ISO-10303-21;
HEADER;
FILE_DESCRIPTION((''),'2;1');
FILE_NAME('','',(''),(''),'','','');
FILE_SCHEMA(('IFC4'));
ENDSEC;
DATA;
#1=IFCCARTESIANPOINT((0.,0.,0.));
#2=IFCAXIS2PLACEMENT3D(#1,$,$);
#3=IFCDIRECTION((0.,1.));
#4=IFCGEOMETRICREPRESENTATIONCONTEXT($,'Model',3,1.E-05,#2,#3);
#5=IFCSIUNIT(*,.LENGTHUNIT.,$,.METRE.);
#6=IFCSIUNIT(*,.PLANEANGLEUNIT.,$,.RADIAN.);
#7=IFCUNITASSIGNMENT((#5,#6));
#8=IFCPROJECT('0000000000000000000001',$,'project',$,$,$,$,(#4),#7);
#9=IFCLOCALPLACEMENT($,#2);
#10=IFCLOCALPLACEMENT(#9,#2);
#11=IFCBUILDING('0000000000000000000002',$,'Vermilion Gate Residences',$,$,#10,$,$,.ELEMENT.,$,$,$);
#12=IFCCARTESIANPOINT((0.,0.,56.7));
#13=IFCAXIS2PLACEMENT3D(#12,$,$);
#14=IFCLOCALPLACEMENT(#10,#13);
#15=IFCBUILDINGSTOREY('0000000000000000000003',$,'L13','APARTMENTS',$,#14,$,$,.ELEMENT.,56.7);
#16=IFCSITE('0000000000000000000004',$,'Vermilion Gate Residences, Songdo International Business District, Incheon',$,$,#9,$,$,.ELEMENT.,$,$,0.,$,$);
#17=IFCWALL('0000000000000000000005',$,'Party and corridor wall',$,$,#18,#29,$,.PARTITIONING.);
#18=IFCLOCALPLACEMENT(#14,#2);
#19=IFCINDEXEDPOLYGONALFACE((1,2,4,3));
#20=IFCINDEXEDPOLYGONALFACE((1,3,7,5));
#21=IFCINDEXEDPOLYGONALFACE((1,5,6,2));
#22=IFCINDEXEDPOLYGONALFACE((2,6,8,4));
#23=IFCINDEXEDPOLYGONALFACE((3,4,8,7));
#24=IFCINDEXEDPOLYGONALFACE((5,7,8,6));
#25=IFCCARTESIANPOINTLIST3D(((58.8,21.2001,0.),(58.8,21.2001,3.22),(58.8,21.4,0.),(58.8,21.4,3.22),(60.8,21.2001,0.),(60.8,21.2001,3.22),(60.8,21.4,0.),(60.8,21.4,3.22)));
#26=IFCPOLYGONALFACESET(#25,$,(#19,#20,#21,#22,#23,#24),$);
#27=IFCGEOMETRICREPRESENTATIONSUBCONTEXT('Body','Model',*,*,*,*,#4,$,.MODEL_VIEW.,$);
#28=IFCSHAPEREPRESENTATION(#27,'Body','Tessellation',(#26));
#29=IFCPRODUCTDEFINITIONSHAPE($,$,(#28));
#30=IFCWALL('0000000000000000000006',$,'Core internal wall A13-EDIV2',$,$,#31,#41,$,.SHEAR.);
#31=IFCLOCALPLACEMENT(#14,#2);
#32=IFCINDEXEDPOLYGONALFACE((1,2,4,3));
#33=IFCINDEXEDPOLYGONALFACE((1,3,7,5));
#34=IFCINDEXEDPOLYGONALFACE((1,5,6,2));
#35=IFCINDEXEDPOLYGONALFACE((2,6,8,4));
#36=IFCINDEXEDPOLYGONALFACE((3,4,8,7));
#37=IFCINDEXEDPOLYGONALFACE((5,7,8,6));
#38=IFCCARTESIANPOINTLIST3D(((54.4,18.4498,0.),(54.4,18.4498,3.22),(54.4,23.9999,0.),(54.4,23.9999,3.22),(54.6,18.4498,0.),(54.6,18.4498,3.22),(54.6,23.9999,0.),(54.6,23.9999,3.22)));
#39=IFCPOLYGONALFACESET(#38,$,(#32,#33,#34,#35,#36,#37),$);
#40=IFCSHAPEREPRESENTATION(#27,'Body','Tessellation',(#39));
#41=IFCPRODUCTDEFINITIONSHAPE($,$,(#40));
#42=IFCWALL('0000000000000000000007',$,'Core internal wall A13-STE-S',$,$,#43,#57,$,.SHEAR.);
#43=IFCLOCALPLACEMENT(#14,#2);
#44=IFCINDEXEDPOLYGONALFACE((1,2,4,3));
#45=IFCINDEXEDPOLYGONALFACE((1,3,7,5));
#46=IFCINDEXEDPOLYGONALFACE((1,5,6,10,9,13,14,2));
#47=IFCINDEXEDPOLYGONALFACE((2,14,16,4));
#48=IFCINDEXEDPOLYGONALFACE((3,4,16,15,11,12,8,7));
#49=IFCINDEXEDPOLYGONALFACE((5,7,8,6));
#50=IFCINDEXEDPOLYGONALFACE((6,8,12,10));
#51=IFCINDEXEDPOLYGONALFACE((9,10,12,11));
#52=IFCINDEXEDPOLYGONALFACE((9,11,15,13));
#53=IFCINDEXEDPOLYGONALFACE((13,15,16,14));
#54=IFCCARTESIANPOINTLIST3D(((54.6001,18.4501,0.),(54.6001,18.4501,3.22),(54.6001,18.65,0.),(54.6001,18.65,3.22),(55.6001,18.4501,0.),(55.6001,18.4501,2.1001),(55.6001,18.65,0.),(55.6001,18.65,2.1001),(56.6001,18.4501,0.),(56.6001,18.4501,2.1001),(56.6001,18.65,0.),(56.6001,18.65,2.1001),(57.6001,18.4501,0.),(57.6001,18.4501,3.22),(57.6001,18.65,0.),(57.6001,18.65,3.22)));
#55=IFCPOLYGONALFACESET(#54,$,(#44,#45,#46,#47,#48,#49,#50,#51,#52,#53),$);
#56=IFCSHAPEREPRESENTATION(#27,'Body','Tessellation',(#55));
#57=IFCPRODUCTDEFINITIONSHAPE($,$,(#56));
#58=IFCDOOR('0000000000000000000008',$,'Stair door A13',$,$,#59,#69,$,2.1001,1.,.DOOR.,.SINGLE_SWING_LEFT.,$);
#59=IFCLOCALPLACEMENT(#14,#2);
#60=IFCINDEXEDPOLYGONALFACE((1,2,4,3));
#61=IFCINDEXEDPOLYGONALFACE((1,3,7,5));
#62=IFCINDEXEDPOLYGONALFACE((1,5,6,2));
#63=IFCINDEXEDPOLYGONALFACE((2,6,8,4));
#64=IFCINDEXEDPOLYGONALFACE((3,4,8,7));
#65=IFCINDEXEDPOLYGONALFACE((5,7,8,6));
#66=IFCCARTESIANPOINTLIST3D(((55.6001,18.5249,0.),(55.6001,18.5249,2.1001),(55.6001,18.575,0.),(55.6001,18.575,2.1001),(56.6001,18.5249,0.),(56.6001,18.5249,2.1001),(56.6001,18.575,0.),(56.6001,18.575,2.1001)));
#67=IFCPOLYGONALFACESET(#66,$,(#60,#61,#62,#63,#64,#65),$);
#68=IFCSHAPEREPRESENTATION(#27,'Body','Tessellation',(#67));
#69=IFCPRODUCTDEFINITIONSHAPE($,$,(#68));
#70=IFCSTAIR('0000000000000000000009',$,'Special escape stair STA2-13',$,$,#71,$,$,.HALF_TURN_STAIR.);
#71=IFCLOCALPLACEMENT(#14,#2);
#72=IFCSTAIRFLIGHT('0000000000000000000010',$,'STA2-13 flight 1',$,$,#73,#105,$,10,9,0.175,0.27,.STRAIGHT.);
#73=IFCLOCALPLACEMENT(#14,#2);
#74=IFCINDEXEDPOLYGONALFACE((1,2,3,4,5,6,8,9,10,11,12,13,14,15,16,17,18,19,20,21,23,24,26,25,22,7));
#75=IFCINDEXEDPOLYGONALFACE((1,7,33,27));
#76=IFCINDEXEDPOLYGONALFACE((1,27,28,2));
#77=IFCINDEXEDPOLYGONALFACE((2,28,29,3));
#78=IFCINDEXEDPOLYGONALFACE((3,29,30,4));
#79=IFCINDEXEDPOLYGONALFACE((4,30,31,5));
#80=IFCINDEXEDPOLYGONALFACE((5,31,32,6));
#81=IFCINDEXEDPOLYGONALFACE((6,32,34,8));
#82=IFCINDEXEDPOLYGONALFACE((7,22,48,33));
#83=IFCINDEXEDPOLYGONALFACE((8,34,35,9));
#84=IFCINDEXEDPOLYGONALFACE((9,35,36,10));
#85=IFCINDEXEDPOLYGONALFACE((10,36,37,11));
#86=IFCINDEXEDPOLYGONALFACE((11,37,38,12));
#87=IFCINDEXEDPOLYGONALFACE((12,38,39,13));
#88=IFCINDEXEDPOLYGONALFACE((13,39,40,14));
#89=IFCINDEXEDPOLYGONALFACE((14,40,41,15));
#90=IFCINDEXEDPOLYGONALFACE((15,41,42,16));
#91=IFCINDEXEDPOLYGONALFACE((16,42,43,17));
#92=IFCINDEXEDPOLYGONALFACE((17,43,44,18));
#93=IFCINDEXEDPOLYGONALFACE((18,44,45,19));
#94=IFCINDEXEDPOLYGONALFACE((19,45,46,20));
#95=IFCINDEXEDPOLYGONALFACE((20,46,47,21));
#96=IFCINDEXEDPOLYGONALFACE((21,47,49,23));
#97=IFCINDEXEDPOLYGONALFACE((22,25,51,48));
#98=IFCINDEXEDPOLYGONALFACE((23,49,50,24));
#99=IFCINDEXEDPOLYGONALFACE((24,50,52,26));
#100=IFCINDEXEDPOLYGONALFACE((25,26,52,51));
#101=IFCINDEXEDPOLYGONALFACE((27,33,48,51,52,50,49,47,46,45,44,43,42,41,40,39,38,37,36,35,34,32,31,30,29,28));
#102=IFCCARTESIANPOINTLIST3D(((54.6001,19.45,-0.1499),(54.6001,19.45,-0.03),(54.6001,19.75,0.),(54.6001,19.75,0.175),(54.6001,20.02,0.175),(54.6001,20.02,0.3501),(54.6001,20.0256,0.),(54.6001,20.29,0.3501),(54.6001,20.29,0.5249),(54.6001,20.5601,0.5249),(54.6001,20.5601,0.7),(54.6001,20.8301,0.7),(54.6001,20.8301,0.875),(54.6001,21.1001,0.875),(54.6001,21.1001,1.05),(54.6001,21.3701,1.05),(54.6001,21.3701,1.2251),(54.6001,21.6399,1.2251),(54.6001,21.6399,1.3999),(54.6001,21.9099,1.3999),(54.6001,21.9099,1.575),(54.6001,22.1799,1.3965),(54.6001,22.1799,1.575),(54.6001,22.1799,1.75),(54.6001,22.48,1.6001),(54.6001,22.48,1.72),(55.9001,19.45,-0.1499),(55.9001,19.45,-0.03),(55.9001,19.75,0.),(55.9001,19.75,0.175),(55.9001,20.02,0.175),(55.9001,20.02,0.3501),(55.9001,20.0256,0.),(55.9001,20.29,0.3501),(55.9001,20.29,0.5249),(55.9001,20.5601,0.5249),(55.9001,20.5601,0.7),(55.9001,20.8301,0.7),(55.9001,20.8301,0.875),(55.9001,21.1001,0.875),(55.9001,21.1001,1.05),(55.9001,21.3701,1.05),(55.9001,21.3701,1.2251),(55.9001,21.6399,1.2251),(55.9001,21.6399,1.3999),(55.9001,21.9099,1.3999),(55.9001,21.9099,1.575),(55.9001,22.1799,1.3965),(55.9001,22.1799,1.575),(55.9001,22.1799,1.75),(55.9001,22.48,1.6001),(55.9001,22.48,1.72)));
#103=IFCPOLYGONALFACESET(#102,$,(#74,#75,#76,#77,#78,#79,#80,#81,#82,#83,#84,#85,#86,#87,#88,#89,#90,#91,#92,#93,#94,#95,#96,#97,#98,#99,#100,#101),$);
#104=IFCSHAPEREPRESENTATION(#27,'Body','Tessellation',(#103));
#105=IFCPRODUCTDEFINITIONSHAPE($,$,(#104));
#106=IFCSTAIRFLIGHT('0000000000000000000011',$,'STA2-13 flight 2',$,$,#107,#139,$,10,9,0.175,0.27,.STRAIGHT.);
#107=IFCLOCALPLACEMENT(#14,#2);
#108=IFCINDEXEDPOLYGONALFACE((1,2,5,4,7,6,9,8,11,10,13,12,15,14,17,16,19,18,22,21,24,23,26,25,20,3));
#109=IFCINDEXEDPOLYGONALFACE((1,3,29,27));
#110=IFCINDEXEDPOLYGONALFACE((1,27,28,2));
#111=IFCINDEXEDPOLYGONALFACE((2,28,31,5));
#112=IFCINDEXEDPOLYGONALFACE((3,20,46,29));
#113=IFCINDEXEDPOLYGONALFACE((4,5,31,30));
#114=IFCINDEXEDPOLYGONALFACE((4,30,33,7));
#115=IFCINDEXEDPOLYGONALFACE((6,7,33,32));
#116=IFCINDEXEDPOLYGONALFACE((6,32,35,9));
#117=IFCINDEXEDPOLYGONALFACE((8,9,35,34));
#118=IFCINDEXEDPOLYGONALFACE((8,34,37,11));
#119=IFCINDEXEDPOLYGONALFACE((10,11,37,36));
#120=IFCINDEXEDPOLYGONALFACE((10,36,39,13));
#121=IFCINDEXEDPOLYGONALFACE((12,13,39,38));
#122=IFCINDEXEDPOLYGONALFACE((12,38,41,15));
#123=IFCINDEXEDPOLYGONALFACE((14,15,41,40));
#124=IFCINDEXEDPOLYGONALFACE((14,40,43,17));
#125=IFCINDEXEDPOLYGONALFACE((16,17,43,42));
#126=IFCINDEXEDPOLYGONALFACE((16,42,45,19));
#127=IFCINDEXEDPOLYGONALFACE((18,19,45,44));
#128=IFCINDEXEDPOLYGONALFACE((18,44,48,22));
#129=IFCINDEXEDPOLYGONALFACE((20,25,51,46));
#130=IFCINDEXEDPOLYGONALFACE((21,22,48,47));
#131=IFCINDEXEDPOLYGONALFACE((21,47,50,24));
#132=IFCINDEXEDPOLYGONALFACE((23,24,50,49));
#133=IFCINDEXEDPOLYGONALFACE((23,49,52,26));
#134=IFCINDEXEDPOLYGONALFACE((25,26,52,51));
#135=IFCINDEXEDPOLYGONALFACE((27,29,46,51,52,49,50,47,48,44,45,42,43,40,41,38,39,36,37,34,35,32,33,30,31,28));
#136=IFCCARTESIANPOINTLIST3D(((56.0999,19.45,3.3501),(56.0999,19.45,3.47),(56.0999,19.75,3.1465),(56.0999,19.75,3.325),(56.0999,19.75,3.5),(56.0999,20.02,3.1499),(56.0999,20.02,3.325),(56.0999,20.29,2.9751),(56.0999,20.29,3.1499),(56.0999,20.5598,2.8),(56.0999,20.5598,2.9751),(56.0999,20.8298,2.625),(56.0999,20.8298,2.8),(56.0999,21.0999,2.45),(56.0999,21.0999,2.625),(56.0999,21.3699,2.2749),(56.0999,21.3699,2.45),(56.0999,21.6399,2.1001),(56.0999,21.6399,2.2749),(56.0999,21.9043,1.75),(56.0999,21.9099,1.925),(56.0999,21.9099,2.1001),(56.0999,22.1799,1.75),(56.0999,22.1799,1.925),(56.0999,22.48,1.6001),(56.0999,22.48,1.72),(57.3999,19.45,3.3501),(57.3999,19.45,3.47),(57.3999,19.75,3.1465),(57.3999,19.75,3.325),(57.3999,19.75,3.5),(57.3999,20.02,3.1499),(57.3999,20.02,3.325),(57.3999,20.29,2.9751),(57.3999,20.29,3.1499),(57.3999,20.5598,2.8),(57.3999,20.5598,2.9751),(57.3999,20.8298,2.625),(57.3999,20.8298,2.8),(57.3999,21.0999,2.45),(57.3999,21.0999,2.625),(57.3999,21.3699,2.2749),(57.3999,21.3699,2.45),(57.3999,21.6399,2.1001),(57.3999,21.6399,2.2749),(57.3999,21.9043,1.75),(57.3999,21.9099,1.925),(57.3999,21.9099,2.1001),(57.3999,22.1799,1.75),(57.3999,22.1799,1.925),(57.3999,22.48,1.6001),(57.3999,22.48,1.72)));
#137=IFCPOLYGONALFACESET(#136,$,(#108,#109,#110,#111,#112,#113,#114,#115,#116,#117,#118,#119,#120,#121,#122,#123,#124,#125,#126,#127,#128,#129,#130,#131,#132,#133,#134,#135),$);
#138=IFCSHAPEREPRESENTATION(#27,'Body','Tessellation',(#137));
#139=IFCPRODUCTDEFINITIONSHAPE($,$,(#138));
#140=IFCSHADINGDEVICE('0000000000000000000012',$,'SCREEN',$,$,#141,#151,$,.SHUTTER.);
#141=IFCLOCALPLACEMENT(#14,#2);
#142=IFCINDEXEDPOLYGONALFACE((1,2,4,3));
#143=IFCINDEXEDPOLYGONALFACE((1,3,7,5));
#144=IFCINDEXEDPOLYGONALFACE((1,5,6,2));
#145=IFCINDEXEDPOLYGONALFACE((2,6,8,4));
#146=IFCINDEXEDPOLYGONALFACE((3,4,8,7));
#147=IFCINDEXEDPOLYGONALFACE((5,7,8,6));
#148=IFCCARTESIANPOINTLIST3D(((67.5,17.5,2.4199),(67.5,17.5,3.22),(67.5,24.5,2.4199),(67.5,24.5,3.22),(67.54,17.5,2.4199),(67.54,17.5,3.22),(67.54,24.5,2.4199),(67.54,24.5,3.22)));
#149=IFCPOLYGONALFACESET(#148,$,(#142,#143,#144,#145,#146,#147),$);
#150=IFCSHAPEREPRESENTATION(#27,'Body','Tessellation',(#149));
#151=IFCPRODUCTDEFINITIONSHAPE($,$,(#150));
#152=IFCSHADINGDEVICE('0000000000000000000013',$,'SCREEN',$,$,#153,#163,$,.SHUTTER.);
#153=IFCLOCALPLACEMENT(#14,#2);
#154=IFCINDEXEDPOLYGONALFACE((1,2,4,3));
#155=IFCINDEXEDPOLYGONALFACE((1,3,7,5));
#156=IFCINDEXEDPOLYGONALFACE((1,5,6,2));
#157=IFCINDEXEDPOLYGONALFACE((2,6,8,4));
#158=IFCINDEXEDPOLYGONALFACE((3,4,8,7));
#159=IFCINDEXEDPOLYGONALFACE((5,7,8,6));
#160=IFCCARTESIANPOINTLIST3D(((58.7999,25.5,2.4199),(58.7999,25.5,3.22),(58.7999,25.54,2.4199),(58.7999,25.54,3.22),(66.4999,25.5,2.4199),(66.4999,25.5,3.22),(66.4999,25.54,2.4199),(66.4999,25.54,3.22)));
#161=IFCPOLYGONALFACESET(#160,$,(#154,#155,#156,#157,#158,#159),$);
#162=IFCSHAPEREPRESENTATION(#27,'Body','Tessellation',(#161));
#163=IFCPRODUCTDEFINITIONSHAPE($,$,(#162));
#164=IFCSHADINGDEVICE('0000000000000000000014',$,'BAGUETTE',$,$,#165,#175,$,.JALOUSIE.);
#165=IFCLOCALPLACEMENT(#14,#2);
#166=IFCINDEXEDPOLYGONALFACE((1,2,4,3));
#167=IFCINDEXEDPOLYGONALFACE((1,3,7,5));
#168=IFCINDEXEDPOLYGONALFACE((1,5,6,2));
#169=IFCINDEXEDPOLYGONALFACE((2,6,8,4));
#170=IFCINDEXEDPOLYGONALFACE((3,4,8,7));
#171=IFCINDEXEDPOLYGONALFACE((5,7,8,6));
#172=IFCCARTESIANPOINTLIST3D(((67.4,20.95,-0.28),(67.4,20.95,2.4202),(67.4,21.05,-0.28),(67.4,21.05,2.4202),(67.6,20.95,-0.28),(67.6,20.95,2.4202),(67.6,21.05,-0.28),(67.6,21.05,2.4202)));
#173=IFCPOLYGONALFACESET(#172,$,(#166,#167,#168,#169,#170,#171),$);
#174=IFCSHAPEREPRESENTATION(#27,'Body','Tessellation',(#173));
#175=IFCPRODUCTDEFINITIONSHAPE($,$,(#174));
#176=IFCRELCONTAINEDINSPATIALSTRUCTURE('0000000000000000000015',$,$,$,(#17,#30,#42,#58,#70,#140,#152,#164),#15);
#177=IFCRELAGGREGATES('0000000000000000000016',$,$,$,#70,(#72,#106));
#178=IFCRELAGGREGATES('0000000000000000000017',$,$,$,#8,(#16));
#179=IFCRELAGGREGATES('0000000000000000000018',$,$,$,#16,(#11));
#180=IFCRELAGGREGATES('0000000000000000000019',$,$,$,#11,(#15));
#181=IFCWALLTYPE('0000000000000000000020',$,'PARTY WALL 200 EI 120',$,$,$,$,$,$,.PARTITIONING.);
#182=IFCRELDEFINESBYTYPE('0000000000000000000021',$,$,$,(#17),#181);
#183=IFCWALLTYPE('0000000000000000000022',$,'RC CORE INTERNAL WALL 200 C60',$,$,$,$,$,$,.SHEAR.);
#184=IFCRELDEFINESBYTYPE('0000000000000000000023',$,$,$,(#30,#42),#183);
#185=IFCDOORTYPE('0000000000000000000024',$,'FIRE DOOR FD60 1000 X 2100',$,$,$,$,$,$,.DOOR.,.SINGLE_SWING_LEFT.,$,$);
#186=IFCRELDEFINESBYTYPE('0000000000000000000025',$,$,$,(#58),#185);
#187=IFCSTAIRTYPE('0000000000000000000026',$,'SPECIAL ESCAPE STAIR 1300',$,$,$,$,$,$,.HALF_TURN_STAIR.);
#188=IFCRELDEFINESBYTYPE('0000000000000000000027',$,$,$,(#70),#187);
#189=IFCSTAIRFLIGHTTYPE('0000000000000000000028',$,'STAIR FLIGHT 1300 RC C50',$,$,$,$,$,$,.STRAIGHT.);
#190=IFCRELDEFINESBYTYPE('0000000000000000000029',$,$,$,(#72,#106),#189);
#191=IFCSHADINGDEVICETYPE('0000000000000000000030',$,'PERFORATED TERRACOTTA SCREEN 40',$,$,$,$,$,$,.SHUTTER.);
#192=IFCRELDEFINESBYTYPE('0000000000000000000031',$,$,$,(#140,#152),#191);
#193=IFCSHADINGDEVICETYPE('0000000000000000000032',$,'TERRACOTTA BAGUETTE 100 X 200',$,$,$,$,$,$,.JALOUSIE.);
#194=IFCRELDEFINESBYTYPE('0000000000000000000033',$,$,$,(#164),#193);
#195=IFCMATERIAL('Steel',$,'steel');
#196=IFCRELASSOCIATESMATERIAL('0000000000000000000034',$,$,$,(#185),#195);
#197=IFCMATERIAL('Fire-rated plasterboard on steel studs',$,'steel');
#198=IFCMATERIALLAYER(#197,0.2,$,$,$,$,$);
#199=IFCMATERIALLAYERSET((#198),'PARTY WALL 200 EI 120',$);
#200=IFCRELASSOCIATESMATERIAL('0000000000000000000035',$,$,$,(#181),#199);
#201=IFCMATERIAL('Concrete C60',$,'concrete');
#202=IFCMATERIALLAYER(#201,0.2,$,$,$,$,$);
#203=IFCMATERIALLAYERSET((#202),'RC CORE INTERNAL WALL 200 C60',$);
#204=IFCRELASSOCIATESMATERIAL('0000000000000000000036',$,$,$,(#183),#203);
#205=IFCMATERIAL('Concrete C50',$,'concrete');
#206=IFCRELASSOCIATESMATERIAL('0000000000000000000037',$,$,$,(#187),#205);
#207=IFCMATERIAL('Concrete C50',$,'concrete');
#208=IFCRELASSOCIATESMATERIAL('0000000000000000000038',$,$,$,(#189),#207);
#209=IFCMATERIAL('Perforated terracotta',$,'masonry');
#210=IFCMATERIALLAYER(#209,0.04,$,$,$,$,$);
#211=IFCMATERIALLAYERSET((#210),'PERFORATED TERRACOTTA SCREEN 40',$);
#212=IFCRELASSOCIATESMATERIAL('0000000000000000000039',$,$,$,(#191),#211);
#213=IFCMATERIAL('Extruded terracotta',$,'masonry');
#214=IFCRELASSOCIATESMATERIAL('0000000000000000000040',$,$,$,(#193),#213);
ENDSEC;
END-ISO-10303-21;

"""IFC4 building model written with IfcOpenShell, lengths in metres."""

from ifc_helpers import new_model, si_unit, direction, frame, frame_2d, origin, origin_2d, place, context, subcontext, project, spatial, polyline, rectangle, outline, extrude, material, layer, layer_set, material_profile, profile_set, type_object, element, fill, aggregate, save


model = new_model("IFC4")

# Units and contexts
model_context = context("Model", 3, precision=1e-05, world=origin(), true_north=direction((0.0, 1.0)))
body_context = subcontext(model_context, "Body", "Model", "MODEL_VIEW")
ifc_project = project(units=[si_unit("LENGTHUNIT", "METRE"), si_unit("PLANEANGLEUNIT", "RADIAN")], contexts=[model_context])

# Site, building, storey
site_placement = place(None, origin())
site = spatial("IfcSite", under=ifc_project, at=site_placement, Name="Vermilion Gate Residences, Songdo International Business District, Incheon", CompositionType="ELEMENT", RefElevation=0.0)
building_placement = place(site_placement, origin())
building = spatial("IfcBuilding", under=site, at=building_placement, Name="Vermilion Gate Residences", CompositionType="ELEMENT")
storey_placement = place(building_placement, frame((0.0, 0.0, 56.7)))
storey = spatial("IfcBuildingStorey", under=building, at=storey_placement, Name="L13", Description="APARTMENTS", CompositionType="ELEMENT", Elevation=56.7)

# Shared definitions
ifc_material_1 = material(Name="Steel", Category="steel")
door_type = type_object("IfcDoorType", Name="FIRE DOOR FD60 1000 X 2100", OperationType="SINGLE_SWING_LEFT", PredefinedType="DOOR", material=ifc_material_1)

# Walls
ifc_material_2 = material(Name="Fire-rated plasterboard on steel studs", Category="steel")
ifc_layer_1 = layer(ifc_material_2, 0.2)
ifc_layer_set_1 = layer_set([ifc_layer_1], Name="PARTY WALL 200 EI 120")
wall_type_1 = type_object("IfcWallType", Name="PARTY WALL 200 EI 120", PredefinedType="PARTITIONING", material=ifc_layer_set_1)
wall_1_placement = place(storey_placement, frame((58.8, 21.3, 0.0), z_axis=(0.0, 0.0, 1.0), x_axis=(1.0, 0.0, 0.0)))
element("IfcWall", 1, at=wall_1_placement, inside=storey, type_object=wall_type_1, Name="Party and corridor wall", PredefinedType="PARTITIONING", context=body_context, shape_type="SweptSolid", body=[
    extrude(rectangle(XDim=2.0, YDim=0.2, at=frame_2d((1.0, 0.0))), origin(), (0.0, 0.0, 1.0), 3.22),
])
ifc_material_3 = material(Name="Concrete C60", Category="concrete")
ifc_layer_2 = layer(ifc_material_3, 0.2)
ifc_layer_set_2 = layer_set([ifc_layer_2], Name="RC CORE INTERNAL WALL 200 C60")
wall_type_2 = type_object("IfcWallType", Name="RC CORE INTERNAL WALL 200 C60", PredefinedType="SHEAR", material=ifc_layer_set_2)
wall_2_placement = place(storey_placement, frame((54.5, 18.45, 0.0), z_axis=(0.0, 0.0, 1.0), x_axis=(0.0, 1.0, 0.0)))
element("IfcWall", 2, at=wall_2_placement, inside=storey, type_object=wall_type_2, Name="Core internal wall A13-EDIV2", PredefinedType="SHEAR", context=body_context, shape_type="SweptSolid", body=[
    extrude(rectangle(XDim=5.55, YDim=0.2, at=frame_2d((2.7749, 0.0))), origin(), (0.0, 0.0, 1.0), 3.22),
])

# Wall, opening, door
wall_3_placement = place(storey_placement, frame((54.6001, 18.55, 0.0), z_axis=(0.0, 0.0, 1.0), x_axis=(1.0, 0.0, 0.0)))
wall_3 = element("IfcWall", 3, at=wall_3_placement, inside=storey, type_object=wall_type_2, Name="Core internal wall A13-STE-S", PredefinedType="SHEAR", context=body_context, shape_type="SweptSolid", body=[
    extrude(rectangle(XDim=3.0, YDim=0.2, at=frame_2d((1.5, 0.0))), origin(), (0.0, 0.0, 1.0), 3.22),
])
opening_1_placement = place(wall_3_placement, frame((1.0, 0.0, 0.0)))
opening_1 = element("IfcOpeningElement", 4, at=opening_1_placement, cuts=wall_3, PredefinedType="OPENING", context=body_context, shape_type="SweptSolid", body=[
    extrude(rectangle(XDim=1.0, YDim=2.1001, at=frame_2d((0.5, 1.05))), frame((0.0, 0.1099, 0.0), z_axis=(0.0, -1.0, 0.0), x_axis=(1.0, 0.0, 0.0)), (0.0, 0.0, 1.0), 0.22),
])
door_1_placement = place(opening_1_placement, origin())
door_1 = element("IfcDoor", 5, at=door_1_placement, inside=storey, type_object=door_type, Name="Stair door A13", OperationType="SINGLE_SWING_LEFT", OverallHeight=2.1001, OverallWidth=1.0, PredefinedType="DOOR", context=body_context, shape_type="SweptSolid", body=[
    extrude(rectangle(XDim=1.0, YDim=2.1001, at=frame_2d((0.5, 1.05))), frame((0.0, 0.0249, 0.0), z_axis=(0.0, -1.0, 0.0), x_axis=(1.0, 0.0, 0.0)), (0.0, 0.0, 1.0), 0.05),
])
fill(opening_1, door_1)

# Stair, stair flights
ifc_material_4 = material(Name="Concrete C50", Category="concrete")
stair_type = type_object("IfcStairType", Name="SPECIAL ESCAPE STAIR 1300", PredefinedType="HALF_TURN_STAIR", material=ifc_material_4)
stair_placement = place(storey_placement, origin())
stair = element("IfcStair", 6, at=stair_placement, inside=storey, type_object=stair_type, Name="Special escape stair STA2-13", PredefinedType="HALF_TURN_STAIR")
ifc_material_5 = material(Name="Concrete C50", Category="concrete")
stair_flight_type = type_object("IfcStairFlightType", Name="STAIR FLIGHT 1300 RC C50", PredefinedType="STRAIGHT", material=ifc_material_5)
stair_flight_1_placement = place(storey_placement, frame((55.25, 19.75, 0.0), z_axis=(0.0, 0.0, 1.0), x_axis=(0.0, 1.0, 0.0)))
stair_flight_1 = element("IfcStairFlight", 7, at=stair_flight_1_placement, type_object=stair_flight_type, Name="STA2-13 flight 1", NumberOfRisers=10, NumberOfTreads=9, PredefinedType="STRAIGHT", RiserHeight=0.175, TreadLength=0.27, context=body_context, shape_type="SweptSolid", body=[
    extrude(outline(polyline([(-0.3, -0.1499), (-0.3, -0.03), (0.0, 0.0), (0.0, 0.175), (0.27, 0.175), (0.27, 0.3501), (0.54, 0.3501), (0.54, 0.5249), (0.8101, 0.5249), (0.8101, 0.7), (1.0801, 0.7), (1.0801, 0.875), (1.3501, 0.875), (1.3501, 1.05), (1.6201, 1.05), (1.6201, 1.2251), (1.8899, 1.2251), (1.8899, 1.3999), (2.1599, 1.3999), (2.1599, 1.575), (2.4299, 1.575), (2.4299, 1.75), (2.73, 1.72), (2.73, 1.6001), (2.4299, 1.3965), (0.2756, 0.0), (-0.3, -0.1499)])), frame((0.0, 0.6499, 0.0), z_axis=(0.0, -1.0, 0.0), x_axis=(1.0, 0.0, 0.0)), (0.0, 0.0, 1.0), 1.3),
])
stair_flight_2_placement = place(storey_placement, frame((56.75, 22.1799, 1.75), z_axis=(0.0, 0.0, 1.0), x_axis=(0.0, -1.0, 0.0)))
stair_flight_2 = element("IfcStairFlight", 8, at=stair_flight_2_placement, type_object=stair_flight_type, Name="STA2-13 flight 2", NumberOfRisers=10, NumberOfTreads=9, PredefinedType="STRAIGHT", RiserHeight=0.175, TreadLength=0.27, context=body_context, shape_type="SweptSolid", body=[
    extrude(outline(polyline([(-0.3, -0.1499), (-0.3, -0.03), (0.0, 0.0), (0.0, 0.175), (0.27, 0.175), (0.27, 0.3501), (0.54, 0.3501), (0.54, 0.5249), (0.8101, 0.5249), (0.8101, 0.7), (1.0801, 0.7), (1.0801, 0.875), (1.3501, 0.875), (1.3501, 1.05), (1.6201, 1.05), (1.6201, 1.2251), (1.8899, 1.2251), (1.8899, 1.3999), (2.1599, 1.3999), (2.1599, 1.575), (2.4299, 1.575), (2.4299, 1.75), (2.73, 1.72), (2.73, 1.6001), (2.4299, 1.3965), (0.2756, 0.0), (-0.3, -0.1499)])), frame((0.0, 0.6499, 0.0), z_axis=(0.0, -1.0, 0.0), x_axis=(1.0, 0.0, 0.0)), (0.0, 0.0, 1.0), 1.3),
])
aggregate(stair, [stair_flight_1, stair_flight_2])

# Shading devices
ifc_material_6 = material(Name="Perforated terracotta", Category="masonry")
ifc_layer_3 = layer(ifc_material_6, 0.04)
ifc_layer_set_3 = layer_set([ifc_layer_3], Name="PERFORATED TERRACOTTA SCREEN 40")
shading_device_type_1 = type_object("IfcShadingDeviceType", Name="PERFORATED TERRACOTTA SCREEN 40", PredefinedType="SHUTTER", material=ifc_layer_set_3)
shading_device_1_placement = place(storey_placement, frame((67.52, 21.0, 2.4199), z_axis=(0.0, 0.0, 1.0), x_axis=(0.0, 1.0, 0.0)))
element("IfcShadingDevice", 9, at=shading_device_1_placement, inside=storey, type_object=shading_device_type_1, Name="SCREEN", PredefinedType="SHUTTER", context=body_context, shape_type="SweptSolid", body=[
    extrude(rectangle(XDim=7.0, YDim=0.04, at=origin_2d()), origin(), (0.0, 0.0, 1.0), 0.8),
])
shading_device_2_placement = place(storey_placement, frame((62.6499, 25.52, 2.4199), z_axis=(0.0, 0.0, 1.0), x_axis=(-1.0, 0.0, 0.0)))
element("IfcShadingDevice", 10, at=shading_device_2_placement, inside=storey, type_object=shading_device_type_1, Name="SCREEN", PredefinedType="SHUTTER", context=body_context, shape_type="SweptSolid", body=[
    extrude(rectangle(XDim=7.7, YDim=0.04, at=origin_2d()), origin(), (0.0, 0.0, 1.0), 0.8),
])

# Shading device
ifc_material_7 = material(Name="Extruded terracotta", Category="masonry")
ifc_material_profile_1 = material_profile(ifc_material_7, rectangle(XDim=0.2, YDim=0.1001, at=origin_2d()), Name="BAGUETTE 100 X 200")
ifc_profile_set_1 = profile_set([ifc_material_profile_1], Name="Extruded terracotta")
shading_device_type_2 = type_object("IfcShadingDeviceType", Name="TERRACOTTA BAGUETTE 100 X 200", PredefinedType="JALOUSIE", material=ifc_profile_set_1)
for number, where, z_axis, x_axis, name in (
    (11, (67.5, 21.0, -0.28), (0.0, 0.0, 1.0), (-1.0, 0.0, 0.0), "BAGUETTE"),
):
    element("IfcShadingDevice", number, at=place(storey_placement, frame(where, z_axis=z_axis, x_axis=x_axis)), inside=storey, type_object=shading_device_type_2, Name=name, PredefinedType="JALOUSIE", context=body_context, shape_type="SweptSolid", body=[
        extrude(rectangle(XDim=0.2, YDim=0.1001, at=origin_2d()), origin(), (0.0, 0.0, 1.0), 2.7002),
    ])

save(model, "model.ifc")
